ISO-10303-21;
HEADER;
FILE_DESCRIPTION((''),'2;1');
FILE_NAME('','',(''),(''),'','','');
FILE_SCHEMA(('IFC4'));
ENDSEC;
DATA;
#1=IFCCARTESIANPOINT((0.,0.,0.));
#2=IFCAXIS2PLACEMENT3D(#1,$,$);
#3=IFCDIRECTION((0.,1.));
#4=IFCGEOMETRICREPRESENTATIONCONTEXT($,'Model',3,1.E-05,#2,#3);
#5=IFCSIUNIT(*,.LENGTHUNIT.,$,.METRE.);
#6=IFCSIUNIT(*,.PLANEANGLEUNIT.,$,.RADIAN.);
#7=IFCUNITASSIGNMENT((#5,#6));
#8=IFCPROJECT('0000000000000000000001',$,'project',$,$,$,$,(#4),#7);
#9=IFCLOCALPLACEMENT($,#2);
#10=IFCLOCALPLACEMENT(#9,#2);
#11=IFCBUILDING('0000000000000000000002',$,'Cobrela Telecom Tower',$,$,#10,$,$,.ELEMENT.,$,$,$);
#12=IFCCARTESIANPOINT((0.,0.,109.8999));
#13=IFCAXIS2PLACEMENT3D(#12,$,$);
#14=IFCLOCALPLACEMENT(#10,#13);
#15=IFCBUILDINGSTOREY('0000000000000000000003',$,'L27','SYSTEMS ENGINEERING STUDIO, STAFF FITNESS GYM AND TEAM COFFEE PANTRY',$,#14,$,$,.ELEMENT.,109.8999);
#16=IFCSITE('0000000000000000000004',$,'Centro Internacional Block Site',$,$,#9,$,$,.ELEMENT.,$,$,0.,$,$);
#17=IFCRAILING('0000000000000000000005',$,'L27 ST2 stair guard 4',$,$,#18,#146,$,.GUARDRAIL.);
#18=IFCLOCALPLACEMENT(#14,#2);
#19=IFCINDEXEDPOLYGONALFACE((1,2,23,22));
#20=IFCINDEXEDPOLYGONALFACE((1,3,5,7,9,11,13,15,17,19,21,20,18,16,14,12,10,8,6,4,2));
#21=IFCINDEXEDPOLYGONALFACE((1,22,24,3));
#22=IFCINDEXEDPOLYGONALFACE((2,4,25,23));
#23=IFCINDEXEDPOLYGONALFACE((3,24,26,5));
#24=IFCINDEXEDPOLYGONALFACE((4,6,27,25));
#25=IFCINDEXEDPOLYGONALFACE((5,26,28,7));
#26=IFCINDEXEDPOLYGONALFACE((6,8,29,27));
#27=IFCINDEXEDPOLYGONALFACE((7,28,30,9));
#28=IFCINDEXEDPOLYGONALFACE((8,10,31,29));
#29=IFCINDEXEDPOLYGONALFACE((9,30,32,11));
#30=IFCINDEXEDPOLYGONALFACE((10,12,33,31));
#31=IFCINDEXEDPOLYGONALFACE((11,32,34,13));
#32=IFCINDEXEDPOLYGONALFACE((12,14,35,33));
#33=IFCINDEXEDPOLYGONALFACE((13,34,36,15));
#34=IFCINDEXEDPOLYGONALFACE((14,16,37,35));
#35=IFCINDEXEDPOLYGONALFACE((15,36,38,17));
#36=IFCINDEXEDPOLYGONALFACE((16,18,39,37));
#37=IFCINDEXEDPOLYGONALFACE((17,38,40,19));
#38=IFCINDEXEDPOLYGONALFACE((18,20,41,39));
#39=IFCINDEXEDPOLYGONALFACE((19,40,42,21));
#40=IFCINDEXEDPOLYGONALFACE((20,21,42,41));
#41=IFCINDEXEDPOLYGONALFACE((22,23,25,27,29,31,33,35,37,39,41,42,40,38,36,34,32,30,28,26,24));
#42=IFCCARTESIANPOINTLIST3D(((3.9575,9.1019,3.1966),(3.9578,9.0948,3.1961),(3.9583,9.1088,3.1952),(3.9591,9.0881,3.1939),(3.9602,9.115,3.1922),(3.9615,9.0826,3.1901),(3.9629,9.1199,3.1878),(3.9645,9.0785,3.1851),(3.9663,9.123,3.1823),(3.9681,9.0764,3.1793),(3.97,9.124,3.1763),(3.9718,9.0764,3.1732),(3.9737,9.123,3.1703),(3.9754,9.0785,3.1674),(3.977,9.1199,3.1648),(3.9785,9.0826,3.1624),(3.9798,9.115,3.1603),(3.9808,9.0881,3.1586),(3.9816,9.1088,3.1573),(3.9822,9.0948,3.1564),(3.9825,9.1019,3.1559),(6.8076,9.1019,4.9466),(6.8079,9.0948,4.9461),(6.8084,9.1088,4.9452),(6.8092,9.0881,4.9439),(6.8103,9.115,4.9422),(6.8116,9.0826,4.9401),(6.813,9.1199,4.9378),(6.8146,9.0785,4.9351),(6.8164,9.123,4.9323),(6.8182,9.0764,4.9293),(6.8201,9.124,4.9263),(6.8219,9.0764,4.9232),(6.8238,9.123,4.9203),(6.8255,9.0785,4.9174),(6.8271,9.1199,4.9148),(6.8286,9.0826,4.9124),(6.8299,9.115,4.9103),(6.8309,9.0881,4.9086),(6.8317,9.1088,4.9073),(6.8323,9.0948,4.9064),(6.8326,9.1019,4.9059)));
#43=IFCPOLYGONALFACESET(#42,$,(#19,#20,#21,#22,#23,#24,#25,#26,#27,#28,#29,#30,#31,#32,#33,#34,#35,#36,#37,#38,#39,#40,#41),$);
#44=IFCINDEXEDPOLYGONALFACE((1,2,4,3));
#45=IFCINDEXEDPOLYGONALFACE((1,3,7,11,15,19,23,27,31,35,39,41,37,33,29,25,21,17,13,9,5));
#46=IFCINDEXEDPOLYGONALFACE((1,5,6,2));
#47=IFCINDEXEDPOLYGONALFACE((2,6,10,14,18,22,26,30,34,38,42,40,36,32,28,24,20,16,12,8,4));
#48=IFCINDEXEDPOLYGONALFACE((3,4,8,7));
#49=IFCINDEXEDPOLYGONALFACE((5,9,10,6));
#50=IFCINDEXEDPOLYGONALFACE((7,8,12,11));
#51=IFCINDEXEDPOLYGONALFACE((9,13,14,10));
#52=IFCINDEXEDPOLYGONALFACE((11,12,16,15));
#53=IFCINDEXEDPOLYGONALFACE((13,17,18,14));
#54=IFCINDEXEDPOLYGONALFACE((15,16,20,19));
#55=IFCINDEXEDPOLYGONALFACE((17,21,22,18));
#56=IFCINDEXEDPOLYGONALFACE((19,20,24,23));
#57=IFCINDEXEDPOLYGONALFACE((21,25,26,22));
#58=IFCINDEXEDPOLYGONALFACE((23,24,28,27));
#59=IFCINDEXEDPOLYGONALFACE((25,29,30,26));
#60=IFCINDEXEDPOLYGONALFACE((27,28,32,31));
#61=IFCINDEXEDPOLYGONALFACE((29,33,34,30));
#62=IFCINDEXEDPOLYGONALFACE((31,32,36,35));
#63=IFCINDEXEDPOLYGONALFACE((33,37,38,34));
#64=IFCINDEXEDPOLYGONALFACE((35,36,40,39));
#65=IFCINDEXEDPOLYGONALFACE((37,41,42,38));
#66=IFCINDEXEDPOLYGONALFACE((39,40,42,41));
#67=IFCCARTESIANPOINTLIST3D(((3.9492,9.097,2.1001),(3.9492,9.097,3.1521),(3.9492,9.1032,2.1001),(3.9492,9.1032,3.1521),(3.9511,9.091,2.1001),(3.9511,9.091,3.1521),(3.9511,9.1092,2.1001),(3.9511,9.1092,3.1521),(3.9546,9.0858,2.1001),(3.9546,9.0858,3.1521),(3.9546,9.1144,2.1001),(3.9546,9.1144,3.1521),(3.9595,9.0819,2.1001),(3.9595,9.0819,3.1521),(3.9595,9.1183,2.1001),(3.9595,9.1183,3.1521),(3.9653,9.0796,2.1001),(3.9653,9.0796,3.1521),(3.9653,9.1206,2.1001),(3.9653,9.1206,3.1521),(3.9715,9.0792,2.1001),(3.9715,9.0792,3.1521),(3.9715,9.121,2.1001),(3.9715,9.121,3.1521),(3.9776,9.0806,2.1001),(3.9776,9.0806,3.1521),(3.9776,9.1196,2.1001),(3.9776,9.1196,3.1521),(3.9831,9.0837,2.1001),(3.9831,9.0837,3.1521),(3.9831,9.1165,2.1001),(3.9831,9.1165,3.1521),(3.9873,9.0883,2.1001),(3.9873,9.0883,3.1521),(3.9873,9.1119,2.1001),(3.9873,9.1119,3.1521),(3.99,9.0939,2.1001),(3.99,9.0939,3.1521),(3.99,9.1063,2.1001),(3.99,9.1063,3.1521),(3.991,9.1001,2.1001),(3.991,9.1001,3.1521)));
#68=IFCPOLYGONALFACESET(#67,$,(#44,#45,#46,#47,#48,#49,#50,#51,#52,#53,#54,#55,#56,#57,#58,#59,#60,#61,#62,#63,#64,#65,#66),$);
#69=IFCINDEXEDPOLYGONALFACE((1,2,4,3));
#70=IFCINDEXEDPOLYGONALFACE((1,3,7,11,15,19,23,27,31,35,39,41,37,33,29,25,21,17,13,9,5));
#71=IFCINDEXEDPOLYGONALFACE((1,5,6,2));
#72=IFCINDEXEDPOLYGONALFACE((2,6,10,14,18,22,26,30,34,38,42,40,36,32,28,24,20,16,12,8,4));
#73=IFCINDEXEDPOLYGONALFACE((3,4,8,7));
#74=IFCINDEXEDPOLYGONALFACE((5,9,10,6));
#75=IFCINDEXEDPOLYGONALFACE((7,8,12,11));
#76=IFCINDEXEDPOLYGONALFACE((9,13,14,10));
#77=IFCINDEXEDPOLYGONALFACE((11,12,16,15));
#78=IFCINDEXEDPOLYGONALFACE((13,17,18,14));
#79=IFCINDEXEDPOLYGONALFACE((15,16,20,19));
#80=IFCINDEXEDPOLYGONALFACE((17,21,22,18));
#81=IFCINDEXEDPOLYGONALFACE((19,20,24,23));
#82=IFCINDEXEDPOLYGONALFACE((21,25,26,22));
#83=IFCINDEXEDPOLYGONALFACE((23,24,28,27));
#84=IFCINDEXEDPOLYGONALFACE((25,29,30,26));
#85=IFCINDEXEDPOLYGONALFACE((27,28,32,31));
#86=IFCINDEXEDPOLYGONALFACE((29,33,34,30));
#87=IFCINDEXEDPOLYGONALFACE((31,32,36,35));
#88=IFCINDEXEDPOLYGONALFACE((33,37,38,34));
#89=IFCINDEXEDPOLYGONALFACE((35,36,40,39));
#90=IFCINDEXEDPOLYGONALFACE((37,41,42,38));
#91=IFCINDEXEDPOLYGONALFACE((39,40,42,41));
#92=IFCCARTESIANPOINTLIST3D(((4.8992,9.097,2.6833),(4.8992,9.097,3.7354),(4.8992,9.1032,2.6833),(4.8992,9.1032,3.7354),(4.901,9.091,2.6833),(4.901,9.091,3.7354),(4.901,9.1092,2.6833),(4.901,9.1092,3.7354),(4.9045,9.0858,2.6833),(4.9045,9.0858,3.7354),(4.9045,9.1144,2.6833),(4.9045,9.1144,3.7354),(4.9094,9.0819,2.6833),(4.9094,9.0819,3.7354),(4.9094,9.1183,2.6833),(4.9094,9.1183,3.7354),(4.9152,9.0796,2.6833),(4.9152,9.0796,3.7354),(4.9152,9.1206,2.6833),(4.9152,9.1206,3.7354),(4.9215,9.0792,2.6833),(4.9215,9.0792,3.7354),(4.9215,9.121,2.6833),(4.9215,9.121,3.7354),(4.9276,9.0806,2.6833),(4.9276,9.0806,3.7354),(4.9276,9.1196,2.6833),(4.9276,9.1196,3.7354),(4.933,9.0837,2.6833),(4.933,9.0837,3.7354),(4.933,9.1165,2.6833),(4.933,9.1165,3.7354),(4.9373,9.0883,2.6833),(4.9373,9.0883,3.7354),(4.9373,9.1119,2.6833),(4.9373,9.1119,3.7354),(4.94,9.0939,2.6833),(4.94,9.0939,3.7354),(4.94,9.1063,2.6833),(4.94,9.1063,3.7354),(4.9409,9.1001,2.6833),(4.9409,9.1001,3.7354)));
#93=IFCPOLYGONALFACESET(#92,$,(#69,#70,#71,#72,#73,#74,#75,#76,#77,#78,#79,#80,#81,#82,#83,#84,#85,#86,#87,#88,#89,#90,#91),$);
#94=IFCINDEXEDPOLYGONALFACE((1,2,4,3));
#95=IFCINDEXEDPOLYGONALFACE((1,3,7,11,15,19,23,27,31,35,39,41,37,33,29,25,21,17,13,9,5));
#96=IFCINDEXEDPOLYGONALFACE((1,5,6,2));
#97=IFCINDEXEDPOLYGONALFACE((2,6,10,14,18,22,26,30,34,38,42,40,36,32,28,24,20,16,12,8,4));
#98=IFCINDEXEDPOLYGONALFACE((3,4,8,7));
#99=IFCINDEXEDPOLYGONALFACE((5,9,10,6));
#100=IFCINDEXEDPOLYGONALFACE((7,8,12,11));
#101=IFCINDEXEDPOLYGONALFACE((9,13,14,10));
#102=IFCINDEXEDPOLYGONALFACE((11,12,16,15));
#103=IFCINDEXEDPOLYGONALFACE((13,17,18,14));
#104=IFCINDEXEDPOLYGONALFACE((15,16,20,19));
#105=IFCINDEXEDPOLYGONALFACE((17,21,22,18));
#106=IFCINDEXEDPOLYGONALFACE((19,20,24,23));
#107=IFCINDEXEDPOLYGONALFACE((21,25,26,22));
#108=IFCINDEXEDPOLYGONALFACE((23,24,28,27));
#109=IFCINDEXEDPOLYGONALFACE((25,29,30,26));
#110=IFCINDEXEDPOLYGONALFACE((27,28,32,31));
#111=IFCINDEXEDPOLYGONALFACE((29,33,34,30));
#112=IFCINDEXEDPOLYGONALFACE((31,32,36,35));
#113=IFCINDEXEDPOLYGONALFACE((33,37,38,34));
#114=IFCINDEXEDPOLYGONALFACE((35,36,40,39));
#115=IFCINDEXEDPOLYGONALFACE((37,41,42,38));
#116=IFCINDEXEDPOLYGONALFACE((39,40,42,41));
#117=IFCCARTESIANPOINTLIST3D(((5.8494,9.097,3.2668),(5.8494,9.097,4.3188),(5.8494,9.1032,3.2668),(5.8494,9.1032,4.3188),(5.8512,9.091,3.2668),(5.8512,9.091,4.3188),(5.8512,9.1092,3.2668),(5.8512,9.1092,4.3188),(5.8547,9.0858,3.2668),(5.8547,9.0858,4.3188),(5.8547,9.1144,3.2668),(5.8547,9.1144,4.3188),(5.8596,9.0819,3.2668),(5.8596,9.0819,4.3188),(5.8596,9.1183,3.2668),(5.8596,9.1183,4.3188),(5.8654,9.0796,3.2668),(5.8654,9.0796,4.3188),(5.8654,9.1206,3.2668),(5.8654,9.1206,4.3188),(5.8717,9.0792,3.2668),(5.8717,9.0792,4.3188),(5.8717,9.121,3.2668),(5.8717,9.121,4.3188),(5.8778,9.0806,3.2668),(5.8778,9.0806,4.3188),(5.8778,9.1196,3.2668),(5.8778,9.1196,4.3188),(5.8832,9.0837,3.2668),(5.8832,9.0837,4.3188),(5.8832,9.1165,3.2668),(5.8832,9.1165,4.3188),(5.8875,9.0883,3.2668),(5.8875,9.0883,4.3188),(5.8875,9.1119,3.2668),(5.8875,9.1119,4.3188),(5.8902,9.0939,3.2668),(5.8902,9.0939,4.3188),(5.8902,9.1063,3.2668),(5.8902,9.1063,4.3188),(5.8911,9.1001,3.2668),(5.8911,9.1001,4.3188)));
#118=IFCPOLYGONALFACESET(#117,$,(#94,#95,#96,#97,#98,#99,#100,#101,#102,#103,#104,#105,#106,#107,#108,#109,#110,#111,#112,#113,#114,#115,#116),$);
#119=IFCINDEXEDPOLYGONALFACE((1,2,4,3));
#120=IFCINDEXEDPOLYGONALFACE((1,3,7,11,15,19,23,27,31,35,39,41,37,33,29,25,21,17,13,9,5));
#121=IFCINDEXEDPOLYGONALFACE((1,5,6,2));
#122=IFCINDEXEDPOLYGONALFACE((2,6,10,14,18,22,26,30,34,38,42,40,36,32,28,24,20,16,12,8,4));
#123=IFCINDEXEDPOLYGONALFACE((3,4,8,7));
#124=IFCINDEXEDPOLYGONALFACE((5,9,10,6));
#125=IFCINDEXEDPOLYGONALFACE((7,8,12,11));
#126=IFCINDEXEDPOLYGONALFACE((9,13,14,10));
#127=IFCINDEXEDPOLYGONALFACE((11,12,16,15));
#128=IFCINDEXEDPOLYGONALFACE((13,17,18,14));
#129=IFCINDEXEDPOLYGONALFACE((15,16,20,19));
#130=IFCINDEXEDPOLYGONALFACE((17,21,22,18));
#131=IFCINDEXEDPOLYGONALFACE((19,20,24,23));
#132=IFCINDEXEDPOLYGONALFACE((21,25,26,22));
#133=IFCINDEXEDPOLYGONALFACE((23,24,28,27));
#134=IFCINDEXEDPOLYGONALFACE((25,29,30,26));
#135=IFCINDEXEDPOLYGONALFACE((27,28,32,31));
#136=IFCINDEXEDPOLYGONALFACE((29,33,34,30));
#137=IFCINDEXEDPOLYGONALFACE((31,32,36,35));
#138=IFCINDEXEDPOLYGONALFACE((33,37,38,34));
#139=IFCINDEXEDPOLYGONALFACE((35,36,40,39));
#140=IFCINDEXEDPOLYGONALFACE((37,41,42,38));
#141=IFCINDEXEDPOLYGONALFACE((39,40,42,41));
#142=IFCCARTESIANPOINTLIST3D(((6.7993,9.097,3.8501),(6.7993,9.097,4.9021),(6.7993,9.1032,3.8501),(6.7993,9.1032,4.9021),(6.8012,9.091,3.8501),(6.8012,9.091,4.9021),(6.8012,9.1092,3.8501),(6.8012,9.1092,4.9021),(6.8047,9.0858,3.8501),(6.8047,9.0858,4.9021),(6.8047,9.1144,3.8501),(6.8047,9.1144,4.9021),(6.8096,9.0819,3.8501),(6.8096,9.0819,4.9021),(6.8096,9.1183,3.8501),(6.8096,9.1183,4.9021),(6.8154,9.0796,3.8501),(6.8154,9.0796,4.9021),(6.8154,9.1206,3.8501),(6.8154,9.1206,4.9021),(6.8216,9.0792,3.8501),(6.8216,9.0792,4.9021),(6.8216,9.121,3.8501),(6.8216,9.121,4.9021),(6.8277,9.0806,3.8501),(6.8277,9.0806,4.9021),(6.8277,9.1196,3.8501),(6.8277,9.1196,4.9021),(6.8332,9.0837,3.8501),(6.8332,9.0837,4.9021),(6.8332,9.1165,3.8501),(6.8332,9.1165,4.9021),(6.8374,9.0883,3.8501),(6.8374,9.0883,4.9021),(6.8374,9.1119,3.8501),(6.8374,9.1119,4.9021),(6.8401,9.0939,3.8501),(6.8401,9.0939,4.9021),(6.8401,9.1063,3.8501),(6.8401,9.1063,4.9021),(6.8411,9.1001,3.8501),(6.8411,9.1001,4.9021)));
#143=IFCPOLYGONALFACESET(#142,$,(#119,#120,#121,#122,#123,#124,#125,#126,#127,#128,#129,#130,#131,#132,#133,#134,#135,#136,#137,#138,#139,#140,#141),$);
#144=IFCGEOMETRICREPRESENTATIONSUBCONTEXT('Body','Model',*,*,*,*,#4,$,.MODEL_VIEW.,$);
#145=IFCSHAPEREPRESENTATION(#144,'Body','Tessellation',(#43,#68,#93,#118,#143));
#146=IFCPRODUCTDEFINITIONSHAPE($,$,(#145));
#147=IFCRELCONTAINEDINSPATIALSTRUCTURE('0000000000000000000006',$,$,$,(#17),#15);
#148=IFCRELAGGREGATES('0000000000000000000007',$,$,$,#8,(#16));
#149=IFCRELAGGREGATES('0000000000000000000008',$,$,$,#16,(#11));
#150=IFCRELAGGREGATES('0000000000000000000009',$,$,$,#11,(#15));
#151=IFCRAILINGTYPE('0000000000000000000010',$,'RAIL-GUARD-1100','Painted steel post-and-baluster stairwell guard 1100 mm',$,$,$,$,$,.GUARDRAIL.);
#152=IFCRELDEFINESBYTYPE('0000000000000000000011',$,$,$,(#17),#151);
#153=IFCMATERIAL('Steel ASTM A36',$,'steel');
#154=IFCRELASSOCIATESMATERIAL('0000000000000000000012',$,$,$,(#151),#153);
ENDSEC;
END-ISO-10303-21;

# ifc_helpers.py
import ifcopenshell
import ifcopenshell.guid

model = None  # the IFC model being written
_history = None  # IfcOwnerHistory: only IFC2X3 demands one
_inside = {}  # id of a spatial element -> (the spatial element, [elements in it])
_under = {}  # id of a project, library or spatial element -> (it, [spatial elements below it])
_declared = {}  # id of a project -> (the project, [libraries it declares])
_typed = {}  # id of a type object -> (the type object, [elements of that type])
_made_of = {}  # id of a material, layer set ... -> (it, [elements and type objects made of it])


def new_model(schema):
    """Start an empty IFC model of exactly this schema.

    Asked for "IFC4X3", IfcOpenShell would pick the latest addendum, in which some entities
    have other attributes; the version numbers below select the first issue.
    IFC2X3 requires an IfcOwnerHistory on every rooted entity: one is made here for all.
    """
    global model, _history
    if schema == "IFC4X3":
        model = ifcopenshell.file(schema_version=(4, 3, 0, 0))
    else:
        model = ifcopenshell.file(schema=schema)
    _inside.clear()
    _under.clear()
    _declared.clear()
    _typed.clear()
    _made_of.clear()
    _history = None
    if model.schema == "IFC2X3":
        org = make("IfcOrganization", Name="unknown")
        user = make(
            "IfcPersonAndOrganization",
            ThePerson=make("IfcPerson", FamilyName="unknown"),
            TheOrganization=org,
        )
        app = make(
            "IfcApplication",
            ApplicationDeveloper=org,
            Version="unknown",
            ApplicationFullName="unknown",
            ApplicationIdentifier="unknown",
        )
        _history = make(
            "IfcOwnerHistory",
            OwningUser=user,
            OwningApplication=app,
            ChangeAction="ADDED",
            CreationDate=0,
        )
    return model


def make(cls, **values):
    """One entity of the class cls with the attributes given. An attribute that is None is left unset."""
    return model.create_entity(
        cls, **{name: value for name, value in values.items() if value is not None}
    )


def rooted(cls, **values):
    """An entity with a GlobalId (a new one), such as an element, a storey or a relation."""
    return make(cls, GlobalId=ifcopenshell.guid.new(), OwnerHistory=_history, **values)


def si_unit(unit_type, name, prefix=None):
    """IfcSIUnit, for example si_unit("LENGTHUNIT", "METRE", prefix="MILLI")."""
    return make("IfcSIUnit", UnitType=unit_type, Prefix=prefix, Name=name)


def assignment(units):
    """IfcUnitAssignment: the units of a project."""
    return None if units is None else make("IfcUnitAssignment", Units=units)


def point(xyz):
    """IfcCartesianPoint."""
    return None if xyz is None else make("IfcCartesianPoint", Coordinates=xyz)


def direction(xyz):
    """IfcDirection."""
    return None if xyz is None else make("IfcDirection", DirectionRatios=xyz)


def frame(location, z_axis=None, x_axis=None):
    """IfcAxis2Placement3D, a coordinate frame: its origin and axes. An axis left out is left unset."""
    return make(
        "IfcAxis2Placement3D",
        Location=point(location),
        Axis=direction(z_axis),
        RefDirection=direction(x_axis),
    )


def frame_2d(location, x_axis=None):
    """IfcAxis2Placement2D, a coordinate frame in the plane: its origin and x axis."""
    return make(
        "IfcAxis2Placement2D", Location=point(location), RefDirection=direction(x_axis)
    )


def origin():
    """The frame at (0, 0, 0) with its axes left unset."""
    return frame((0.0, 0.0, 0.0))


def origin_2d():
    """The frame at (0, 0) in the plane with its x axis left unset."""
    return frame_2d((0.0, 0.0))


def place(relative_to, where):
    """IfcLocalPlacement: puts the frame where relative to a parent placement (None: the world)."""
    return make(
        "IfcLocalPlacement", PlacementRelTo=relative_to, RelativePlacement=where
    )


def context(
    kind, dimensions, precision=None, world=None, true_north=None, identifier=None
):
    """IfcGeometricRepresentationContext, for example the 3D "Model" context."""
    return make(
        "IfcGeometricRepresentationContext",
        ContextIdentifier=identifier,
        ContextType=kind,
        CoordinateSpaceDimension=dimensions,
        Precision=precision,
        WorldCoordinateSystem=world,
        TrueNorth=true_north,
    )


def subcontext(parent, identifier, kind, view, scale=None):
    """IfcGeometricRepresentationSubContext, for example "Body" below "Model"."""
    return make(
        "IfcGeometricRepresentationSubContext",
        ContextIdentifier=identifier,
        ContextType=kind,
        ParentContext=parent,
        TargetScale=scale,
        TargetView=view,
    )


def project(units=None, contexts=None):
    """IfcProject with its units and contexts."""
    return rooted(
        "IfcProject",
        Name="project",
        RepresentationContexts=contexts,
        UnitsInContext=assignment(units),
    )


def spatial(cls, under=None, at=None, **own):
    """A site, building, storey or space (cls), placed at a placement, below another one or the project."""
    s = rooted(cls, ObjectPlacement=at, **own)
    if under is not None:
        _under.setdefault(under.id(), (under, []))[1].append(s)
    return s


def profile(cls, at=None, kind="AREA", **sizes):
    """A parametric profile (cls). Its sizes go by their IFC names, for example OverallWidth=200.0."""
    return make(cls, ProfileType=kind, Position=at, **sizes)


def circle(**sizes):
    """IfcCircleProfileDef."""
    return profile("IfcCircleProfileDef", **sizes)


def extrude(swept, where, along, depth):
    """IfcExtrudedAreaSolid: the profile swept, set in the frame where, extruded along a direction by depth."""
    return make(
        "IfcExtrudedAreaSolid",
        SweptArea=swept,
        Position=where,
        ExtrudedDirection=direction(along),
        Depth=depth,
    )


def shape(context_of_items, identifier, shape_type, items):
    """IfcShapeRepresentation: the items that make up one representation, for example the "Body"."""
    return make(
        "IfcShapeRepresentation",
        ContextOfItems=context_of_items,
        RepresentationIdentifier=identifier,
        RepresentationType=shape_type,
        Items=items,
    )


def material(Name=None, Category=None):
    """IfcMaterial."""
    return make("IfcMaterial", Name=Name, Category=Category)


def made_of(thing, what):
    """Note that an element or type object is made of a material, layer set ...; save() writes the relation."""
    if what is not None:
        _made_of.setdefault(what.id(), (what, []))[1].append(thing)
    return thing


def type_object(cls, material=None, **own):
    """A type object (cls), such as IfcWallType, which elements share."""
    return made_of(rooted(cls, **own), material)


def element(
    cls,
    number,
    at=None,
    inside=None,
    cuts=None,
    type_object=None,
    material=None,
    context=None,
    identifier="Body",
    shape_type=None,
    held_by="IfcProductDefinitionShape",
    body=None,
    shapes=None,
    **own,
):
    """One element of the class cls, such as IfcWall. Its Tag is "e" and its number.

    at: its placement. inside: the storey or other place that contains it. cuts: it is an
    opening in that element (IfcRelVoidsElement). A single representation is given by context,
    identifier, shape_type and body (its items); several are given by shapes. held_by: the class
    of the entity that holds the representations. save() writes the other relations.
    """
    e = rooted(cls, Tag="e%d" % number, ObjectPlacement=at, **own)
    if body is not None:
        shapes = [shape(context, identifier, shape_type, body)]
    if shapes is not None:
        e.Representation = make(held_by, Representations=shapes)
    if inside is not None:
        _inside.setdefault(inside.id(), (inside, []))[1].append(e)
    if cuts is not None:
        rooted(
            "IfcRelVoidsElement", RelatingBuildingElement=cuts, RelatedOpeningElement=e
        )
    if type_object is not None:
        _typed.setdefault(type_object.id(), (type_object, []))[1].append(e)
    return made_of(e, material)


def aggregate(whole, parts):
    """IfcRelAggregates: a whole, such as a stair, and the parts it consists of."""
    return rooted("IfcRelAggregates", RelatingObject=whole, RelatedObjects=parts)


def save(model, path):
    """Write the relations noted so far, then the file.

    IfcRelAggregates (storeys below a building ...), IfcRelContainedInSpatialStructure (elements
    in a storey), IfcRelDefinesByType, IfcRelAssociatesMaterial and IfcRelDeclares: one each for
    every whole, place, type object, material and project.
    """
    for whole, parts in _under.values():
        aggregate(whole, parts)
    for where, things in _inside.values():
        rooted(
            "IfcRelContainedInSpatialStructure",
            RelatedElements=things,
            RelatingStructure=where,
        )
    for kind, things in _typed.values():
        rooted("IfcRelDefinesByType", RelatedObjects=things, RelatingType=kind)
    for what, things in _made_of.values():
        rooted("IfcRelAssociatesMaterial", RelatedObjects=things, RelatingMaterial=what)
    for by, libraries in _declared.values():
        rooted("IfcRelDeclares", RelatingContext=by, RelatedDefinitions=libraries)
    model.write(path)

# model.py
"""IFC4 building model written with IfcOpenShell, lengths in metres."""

from ifc_helpers import new_model, si_unit, direction, frame, origin, origin_2d, place, context, subcontext, project, spatial, circle, extrude, material, type_object, element, save


model = new_model("IFC4")

# Units and contexts
model_context = context("Model", 3, precision=1e-05, world=origin(), true_north=direction((0.0, 1.0)))
body_context = subcontext(model_context, "Body", "Model", "MODEL_VIEW")
ifc_project = project(units=[si_unit("LENGTHUNIT", "METRE"), si_unit("PLANEANGLEUNIT", "RADIAN")], contexts=[model_context])

# Site, building, storey
site_placement = place(None, origin())
site = spatial("IfcSite", under=ifc_project, at=site_placement, Name="Centro Internacional Block Site", CompositionType="ELEMENT", RefElevation=0.0)
building_placement = place(site_placement, origin())
building = spatial("IfcBuilding", under=site, at=building_placement, Name="Cobrela Telecom Tower", CompositionType="ELEMENT")
storey_placement = place(building_placement, frame((0.0, 0.0, 109.8999)))
storey = spatial("IfcBuildingStorey", under=building, at=storey_placement, Name="L27", Description="SYSTEMS ENGINEERING STUDIO, STAFF FITNESS GYM AND TEAM COFFEE PANTRY", CompositionType="ELEMENT", Elevation=109.8999)

# Railing
ifc_material_1 = material(Name="Steel ASTM A36", Category="steel")
railing_type_1 = type_object("IfcRailingType", Name="RAIL-GUARD-1100", Description="Painted steel post-and-baluster stairwell guard 1100 mm", PredefinedType="GUARDRAIL", material=ifc_material_1)
railing_1_placement = place(storey_placement, frame((3.97, 9.1001, 2.1001)))
element("IfcRailing", 1, at=railing_1_placement, inside=storey, type_object=railing_type_1, Name="L27 ST2 stair guard 4", PredefinedType="GUARDRAIL", context=body_context, shape_type="SweptSolid", body=[
    extrude(circle(Radius=0.0239, at=origin_2d()), frame((0.0, 0.0, 1.0762), z_axis=(0.852179, 0.0, 0.52325), x_axis=(0.0, 1.0, 0.0)), (0.0, 0.0, 1.0), 3.3445),
    extrude(circle(Radius=0.021, at=origin_2d()), origin(), (0.0, 0.0, 1.0), 1.052),
    extrude(circle(Radius=0.021, at=origin_2d()), frame((0.95, 0.0, 0.5833)), (0.0, 0.0, 1.0), 1.052),
    extrude(circle(Radius=0.021, at=origin_2d()), frame((1.9001, 0.0, 1.1667)), (0.0, 0.0, 1.0), 1.052),
    extrude(circle(Radius=0.021, at=origin_2d()), frame((2.8501, 0.0, 1.75)), (0.0, 0.0, 1.0), 1.052),
])

save(model, "model.ifc")
